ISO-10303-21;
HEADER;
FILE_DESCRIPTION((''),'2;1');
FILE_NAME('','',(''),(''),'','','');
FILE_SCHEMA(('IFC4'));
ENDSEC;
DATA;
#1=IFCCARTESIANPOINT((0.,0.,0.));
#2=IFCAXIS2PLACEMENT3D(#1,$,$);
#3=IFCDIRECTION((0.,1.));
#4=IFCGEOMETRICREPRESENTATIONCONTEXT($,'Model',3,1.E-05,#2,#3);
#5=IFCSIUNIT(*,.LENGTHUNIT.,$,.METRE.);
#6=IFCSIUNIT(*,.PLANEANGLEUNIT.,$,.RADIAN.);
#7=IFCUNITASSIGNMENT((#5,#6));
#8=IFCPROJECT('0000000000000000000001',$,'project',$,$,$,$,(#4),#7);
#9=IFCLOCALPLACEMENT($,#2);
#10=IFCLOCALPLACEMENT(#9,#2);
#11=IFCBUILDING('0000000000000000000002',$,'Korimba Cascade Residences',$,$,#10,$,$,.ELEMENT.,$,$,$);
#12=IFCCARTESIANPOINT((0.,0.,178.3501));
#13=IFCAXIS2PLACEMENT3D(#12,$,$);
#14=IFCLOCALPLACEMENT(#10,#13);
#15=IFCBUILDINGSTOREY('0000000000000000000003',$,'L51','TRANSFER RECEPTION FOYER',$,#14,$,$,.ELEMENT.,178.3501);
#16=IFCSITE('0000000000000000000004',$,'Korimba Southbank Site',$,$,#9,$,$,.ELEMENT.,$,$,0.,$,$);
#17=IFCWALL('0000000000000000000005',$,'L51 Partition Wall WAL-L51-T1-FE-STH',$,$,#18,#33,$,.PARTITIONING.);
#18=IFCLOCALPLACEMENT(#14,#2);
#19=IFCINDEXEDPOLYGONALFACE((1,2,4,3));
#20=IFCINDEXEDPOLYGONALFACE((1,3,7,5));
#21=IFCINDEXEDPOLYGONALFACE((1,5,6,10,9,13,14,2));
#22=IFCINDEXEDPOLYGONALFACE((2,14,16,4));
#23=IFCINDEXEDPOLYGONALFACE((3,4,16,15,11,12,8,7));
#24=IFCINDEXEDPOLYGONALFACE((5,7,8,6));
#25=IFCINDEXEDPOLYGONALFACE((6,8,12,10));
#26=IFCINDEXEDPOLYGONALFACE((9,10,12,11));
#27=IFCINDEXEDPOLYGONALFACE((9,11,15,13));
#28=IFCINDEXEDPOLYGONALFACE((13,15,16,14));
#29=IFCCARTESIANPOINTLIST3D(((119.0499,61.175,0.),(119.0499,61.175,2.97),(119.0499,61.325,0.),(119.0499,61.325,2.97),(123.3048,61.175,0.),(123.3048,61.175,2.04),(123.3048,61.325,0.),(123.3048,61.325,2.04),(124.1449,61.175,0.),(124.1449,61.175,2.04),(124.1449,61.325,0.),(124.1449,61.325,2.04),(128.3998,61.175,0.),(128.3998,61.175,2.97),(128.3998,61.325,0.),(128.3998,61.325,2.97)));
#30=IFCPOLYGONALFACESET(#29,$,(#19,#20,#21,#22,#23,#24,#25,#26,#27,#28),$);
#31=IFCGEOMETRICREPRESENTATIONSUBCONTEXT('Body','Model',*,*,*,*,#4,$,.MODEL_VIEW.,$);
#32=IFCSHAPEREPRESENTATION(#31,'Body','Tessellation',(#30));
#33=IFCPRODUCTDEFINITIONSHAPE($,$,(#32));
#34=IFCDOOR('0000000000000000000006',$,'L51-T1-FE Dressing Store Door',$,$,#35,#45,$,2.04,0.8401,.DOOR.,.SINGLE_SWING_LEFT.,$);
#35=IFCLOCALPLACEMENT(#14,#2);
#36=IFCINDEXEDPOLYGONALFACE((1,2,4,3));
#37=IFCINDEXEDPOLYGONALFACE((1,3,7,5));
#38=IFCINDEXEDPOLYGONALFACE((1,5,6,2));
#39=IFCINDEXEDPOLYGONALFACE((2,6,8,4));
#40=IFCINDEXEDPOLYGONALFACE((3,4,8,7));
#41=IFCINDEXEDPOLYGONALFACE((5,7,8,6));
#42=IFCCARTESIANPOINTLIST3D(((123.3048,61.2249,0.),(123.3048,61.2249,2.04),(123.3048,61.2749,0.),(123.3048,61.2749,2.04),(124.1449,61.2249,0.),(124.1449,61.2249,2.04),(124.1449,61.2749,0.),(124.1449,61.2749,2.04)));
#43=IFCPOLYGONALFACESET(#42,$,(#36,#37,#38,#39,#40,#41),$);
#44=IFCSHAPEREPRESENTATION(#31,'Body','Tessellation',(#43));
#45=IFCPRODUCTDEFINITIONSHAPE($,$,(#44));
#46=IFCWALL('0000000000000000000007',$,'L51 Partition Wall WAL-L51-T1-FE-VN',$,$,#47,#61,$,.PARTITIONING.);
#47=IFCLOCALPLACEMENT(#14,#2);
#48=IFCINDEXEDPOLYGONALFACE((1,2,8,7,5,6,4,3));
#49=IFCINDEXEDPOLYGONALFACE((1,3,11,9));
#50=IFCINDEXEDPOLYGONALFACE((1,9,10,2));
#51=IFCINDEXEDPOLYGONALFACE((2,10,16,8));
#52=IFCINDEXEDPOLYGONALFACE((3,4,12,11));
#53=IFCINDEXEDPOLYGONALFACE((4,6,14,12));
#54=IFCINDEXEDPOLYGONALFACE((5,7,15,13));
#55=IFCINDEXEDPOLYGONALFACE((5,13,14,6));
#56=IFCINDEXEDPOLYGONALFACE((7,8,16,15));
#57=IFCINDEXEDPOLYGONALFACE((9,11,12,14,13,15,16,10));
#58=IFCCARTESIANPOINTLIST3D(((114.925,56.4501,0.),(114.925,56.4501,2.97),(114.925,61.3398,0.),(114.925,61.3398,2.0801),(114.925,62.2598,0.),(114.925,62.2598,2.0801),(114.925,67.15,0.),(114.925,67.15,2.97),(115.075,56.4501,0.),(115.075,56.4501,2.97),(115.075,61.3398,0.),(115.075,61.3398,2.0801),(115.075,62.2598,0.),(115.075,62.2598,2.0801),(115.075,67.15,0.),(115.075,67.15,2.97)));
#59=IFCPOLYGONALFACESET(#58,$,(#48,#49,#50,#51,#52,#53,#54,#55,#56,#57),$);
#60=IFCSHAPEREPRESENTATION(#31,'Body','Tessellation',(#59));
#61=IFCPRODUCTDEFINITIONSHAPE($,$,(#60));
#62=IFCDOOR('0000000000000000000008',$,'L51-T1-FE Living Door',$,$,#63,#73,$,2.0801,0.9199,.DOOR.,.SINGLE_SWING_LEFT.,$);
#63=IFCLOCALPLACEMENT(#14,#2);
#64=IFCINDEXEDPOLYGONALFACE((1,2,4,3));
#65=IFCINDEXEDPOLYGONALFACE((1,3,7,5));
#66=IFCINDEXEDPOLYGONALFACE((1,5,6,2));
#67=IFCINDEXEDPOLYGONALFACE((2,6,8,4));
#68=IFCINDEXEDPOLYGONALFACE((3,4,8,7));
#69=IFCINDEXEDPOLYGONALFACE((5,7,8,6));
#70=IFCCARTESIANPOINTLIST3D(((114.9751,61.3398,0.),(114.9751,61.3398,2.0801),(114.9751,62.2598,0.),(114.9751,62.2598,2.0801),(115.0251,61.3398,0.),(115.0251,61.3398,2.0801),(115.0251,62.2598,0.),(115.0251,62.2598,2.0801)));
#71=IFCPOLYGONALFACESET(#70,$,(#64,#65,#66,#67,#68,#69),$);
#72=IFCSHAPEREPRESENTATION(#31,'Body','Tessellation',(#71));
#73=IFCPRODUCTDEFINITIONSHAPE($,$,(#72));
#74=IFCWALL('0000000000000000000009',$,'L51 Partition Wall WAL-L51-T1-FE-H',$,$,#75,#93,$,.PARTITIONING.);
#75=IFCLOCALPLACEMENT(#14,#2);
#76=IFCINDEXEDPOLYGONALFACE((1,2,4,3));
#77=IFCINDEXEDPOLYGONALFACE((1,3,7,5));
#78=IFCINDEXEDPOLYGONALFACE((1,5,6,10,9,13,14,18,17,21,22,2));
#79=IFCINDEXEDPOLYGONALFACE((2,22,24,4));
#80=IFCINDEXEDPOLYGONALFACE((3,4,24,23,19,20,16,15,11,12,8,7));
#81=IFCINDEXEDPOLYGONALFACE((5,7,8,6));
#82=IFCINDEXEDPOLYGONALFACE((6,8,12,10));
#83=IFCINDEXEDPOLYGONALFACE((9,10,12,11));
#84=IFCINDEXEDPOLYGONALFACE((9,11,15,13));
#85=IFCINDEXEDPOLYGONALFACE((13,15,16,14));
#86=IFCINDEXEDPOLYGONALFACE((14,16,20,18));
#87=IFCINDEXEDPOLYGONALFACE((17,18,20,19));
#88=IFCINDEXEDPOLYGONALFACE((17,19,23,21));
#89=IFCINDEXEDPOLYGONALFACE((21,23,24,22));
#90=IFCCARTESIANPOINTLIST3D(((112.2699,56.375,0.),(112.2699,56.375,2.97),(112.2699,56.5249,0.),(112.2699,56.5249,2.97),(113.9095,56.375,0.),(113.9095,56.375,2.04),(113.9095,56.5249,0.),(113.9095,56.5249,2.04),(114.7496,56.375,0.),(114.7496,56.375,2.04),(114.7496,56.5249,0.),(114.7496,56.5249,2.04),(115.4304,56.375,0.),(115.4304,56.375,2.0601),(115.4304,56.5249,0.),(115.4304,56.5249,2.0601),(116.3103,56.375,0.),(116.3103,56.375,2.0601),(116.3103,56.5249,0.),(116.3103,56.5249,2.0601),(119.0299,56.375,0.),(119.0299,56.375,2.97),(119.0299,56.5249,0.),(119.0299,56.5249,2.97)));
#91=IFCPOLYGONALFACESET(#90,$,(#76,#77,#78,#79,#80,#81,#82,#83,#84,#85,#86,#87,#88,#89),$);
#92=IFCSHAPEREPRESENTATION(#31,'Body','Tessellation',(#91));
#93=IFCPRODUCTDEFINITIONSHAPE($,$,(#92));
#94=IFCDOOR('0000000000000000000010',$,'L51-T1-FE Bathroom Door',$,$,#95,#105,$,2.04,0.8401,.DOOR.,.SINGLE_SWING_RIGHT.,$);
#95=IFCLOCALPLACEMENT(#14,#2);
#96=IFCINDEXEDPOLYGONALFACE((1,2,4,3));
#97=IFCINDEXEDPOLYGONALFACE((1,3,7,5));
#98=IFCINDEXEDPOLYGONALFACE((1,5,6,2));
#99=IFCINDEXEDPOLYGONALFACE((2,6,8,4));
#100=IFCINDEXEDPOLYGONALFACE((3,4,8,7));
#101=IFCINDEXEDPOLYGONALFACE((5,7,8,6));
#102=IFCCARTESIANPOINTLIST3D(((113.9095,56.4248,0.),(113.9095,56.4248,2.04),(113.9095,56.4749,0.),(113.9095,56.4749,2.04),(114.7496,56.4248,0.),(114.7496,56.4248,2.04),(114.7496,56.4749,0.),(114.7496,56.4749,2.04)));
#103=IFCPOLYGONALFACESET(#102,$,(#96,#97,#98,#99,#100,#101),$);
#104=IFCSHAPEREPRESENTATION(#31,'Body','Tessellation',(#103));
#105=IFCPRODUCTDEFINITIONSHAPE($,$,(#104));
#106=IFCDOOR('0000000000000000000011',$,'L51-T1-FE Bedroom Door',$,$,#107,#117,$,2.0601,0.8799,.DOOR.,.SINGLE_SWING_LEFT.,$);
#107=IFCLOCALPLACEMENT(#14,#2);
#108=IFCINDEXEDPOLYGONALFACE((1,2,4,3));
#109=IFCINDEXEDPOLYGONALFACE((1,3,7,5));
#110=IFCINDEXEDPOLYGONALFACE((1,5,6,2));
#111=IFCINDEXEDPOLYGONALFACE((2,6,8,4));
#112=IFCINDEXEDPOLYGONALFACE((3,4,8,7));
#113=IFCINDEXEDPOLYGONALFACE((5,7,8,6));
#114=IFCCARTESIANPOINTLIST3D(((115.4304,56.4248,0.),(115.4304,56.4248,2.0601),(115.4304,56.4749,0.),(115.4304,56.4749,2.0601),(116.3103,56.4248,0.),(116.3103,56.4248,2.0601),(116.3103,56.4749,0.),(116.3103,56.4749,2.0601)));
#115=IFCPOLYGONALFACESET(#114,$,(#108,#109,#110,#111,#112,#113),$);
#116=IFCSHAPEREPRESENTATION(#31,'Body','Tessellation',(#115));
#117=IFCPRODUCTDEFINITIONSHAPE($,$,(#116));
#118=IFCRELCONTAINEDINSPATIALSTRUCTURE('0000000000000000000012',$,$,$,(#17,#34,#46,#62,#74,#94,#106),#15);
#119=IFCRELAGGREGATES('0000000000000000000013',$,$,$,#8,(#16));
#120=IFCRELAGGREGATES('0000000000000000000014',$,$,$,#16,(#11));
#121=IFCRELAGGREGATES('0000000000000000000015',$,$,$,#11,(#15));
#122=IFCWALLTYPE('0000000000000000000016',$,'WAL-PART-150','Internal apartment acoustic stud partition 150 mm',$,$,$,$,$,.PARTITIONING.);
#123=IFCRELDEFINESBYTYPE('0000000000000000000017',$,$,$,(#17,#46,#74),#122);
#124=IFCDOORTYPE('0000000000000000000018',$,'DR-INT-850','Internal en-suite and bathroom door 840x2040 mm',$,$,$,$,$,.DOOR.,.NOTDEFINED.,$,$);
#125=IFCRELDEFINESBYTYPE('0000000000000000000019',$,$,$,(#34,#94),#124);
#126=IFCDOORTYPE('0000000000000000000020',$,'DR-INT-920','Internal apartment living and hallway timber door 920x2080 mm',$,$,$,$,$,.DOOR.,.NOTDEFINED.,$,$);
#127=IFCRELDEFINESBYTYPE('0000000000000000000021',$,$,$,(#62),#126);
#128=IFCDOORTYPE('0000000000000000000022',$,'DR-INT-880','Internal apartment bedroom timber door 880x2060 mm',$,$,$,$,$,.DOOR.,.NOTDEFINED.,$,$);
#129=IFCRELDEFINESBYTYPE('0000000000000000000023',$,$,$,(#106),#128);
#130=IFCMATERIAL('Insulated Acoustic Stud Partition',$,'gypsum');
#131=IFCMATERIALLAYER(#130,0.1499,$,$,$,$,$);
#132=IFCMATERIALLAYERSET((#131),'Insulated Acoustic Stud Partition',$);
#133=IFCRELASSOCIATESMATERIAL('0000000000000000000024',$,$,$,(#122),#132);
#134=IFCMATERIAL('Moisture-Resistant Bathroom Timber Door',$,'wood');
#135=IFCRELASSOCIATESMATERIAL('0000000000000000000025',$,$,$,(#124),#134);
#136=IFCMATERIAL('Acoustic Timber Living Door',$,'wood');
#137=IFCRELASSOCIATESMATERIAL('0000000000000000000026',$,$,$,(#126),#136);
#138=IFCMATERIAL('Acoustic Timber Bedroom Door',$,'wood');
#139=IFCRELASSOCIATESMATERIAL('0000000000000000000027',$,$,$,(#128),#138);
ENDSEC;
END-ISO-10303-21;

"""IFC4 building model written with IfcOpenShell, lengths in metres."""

from ifc_helpers import new_model, si_unit, direction, frame, frame_2d, origin, place, context, subcontext, project, spatial, rectangle, extrude, material, layer, layer_set, type_object, element, fill, save


model = new_model("IFC4")

# Units and contexts
model_context = context("Model", 3, precision=1e-05, world=origin(), true_north=direction((0.0, 1.0)))
body_context = subcontext(model_context, "Body", "Model", "MODEL_VIEW")
ifc_project = project(units=[si_unit("LENGTHUNIT", "METRE"), si_unit("PLANEANGLEUNIT", "RADIAN")], contexts=[model_context])

# Site, building, storey
site_placement = place(None, origin())
site = spatial("IfcSite", under=ifc_project, at=site_placement, Name="Korimba Southbank Site", CompositionType="ELEMENT", RefElevation=0.0)
building_placement = place(site_placement, origin())
building = spatial("IfcBuilding", under=site, at=building_placement, Name="Korimba Cascade Residences", CompositionType="ELEMENT")
storey_placement = place(building_placement, frame((0.0, 0.0, 178.3501)))
storey = spatial("IfcBuildingStorey", under=building, at=storey_placement, Name="L51", Description="TRANSFER RECEPTION FOYER", CompositionType="ELEMENT", Elevation=178.3501)

# Walls, openings, doors
ifc_material_1 = material(Name="Insulated Acoustic Stud Partition", Category="gypsum")
ifc_layer_1 = layer(ifc_material_1, 0.1499)
ifc_layer_set_1 = layer_set([ifc_layer_1], Name="Insulated Acoustic Stud Partition")
wall_type_1 = type_object("IfcWallType", Name="WAL-PART-150", Description="Internal apartment acoustic stud partition 150 mm", PredefinedType="PARTITIONING", material=ifc_layer_set_1)
wall_1_placement = place(storey_placement, frame((119.05, 61.25, 0.0), z_axis=(0.0, 0.0, 1.0), x_axis=(1.0, 0.0, 0.0)))
wall_1 = element("IfcWall", 1, at=wall_1_placement, inside=storey, type_object=wall_type_1, Name="L51 Partition Wall WAL-L51-T1-FE-STH", PredefinedType="PARTITIONING", context=body_context, shape_type="SweptSolid", body=[
    extrude(rectangle(XDim=9.3499, YDim=0.1499, at=frame_2d((4.6748, 0.0))), origin(), (0.0, 0.0, 1.0), 2.97),
])
opening_1_placement = place(wall_1_placement, frame((4.2549, 0.0, 0.0)))
opening_1 = element("IfcOpeningElement", 2, at=opening_1_placement, cuts=wall_1, PredefinedType="OPENING", context=body_context, shape_type="SweptSolid", body=[
    extrude(rectangle(XDim=0.8401, YDim=2.04, at=frame_2d((0.4199, 1.02))), frame((0.0, 0.085, 0.0), z_axis=(0.0, -1.0, 0.0), x_axis=(1.0, 0.0, 0.0)), (0.0, 0.0, 1.0), 0.1699),
])
ifc_material_2 = material(Name="Moisture-Resistant Bathroom Timber Door", Category="wood")
door_type_1 = type_object("IfcDoorType", Name="DR-INT-850", Description="Internal en-suite and bathroom door 840x2040 mm", OperationType="NOTDEFINED", PredefinedType="DOOR", material=ifc_material_2)
door_1_placement = place(opening_1_placement, origin())
door_1 = element("IfcDoor", 3, at=door_1_placement, inside=storey, type_object=door_type_1, Name="L51-T1-FE Dressing Store Door", OperationType="SINGLE_SWING_LEFT", OverallHeight=2.04, OverallWidth=0.8401, PredefinedType="DOOR", context=body_context, shape_type="SweptSolid", body=[
    extrude(rectangle(XDim=0.8401, YDim=2.04, at=frame_2d((0.4199, 1.02))), frame((0.0, 0.0249, 0.0), z_axis=(0.0, -1.0, 0.0), x_axis=(1.0, 0.0, 0.0)), (0.0, 0.0, 1.0), 0.05),
])
fill(opening_1, door_1)
wall_2_placement = place(storey_placement, frame((115.0, 56.45, 0.0), z_axis=(0.0, 0.0, 1.0), x_axis=(0.0, 1.0, 0.0)))
wall_2 = element("IfcWall", 4, at=wall_2_placement, inside=storey, type_object=wall_type_1, Name="L51 Partition Wall WAL-L51-T1-FE-VN", PredefinedType="PARTITIONING", context=body_context, shape_type="SweptSolid", body=[
    extrude(rectangle(XDim=10.7, YDim=0.1499, at=frame_2d((5.3501, 0.0))), origin(), (0.0, 0.0, 1.0), 2.97),
])
opening_2_placement = place(wall_2_placement, frame((4.8899, 0.0, 0.0)))
opening_2 = element("IfcOpeningElement", 5, at=opening_2_placement, cuts=wall_2, PredefinedType="OPENING", context=body_context, shape_type="SweptSolid", body=[
    extrude(rectangle(XDim=0.9199, YDim=2.0801, at=frame_2d((0.46, 1.04))), frame((0.0, 0.085, 0.0), z_axis=(0.0, -1.0, 0.0), x_axis=(1.0, 0.0, 0.0)), (0.0, 0.0, 1.0), 0.1699),
])
ifc_material_3 = material(Name="Acoustic Timber Living Door", Category="wood")
door_type_2 = type_object("IfcDoorType", Name="DR-INT-920", Description="Internal apartment living and hallway timber door 920x2080 mm", OperationType="NOTDEFINED", PredefinedType="DOOR", material=ifc_material_3)
door_2_placement = place(opening_2_placement, origin())
door_2 = element("IfcDoor", 6, at=door_2_placement, inside=storey, type_object=door_type_2, Name="L51-T1-FE Living Door", OperationType="SINGLE_SWING_LEFT", OverallHeight=2.0801, OverallWidth=0.9199, PredefinedType="DOOR", context=body_context, shape_type="SweptSolid", body=[
    extrude(rectangle(XDim=0.9199, YDim=2.0801, at=frame_2d((0.46, 1.04))), frame((0.0, 0.0249, 0.0), z_axis=(0.0, -1.0, 0.0), x_axis=(1.0, 0.0, 0.0)), (0.0, 0.0, 1.0), 0.05),
])
fill(opening_2, door_2)

# Wall, openings, doors
wall_3_placement = place(storey_placement, frame((112.27, 56.45, 0.0), z_axis=(0.0, 0.0, 1.0), x_axis=(1.0, 0.0, 0.0)))
wall_3 = element("IfcWall", 7, at=wall_3_placement, inside=storey, type_object=wall_type_1, Name="L51 Partition Wall WAL-L51-T1-FE-H", PredefinedType="PARTITIONING", context=body_context, shape_type="SweptSolid", body=[
    extrude(rectangle(XDim=6.76, YDim=0.1499, at=frame_2d((3.3799, 0.0))), origin(), (0.0, 0.0, 1.0), 2.97),
])
opening_3_placement = place(wall_3_placement, frame((1.6396, 0.0, 0.0)))
opening_3 = element("IfcOpeningElement", 8, at=opening_3_placement, cuts=wall_3, PredefinedType="OPENING", context=body_context, shape_type="SweptSolid", body=[
    extrude(rectangle(XDim=0.8401, YDim=2.04, at=frame_2d((0.4199, 1.02))), frame((0.0, 0.085, 0.0), z_axis=(0.0, -1.0, 0.0), x_axis=(1.0, 0.0, 0.0)), (0.0, 0.0, 1.0), 0.1699),
])
opening_4_placement = place(wall_3_placement, frame((3.1604, 0.0, 0.0)))
opening_4 = element("IfcOpeningElement", 9, at=opening_4_placement, cuts=wall_3, PredefinedType="OPENING", context=body_context, shape_type="SweptSolid", body=[
    extrude(rectangle(XDim=0.8799, YDim=2.0601, at=frame_2d((0.4399, 1.03))), frame((0.0, 0.085, 0.0), z_axis=(0.0, -1.0, 0.0), x_axis=(1.0, 0.0, 0.0)), (0.0, 0.0, 1.0), 0.1699),
])
door_3_placement = place(opening_3_placement, origin())
door_3 = element("IfcDoor", 10, at=door_3_placement, inside=storey, type_object=door_type_1, Name="L51-T1-FE Bathroom Door", OperationType="SINGLE_SWING_RIGHT", OverallHeight=2.04, OverallWidth=0.8401, PredefinedType="DOOR", context=body_context, shape_type="SweptSolid", body=[
    extrude(rectangle(XDim=0.8401, YDim=2.04, at=frame_2d((0.4199, 1.02))), frame((0.0, 0.0249, 0.0), z_axis=(0.0, -1.0, 0.0), x_axis=(1.0, 0.0, 0.0)), (0.0, 0.0, 1.0), 0.05),
])
fill(opening_3, door_3)
ifc_material_4 = material(Name="Acoustic Timber Bedroom Door", Category="wood")
door_type_3 = type_object("IfcDoorType", Name="DR-INT-880", Description="Internal apartment bedroom timber door 880x2060 mm", OperationType="NOTDEFINED", PredefinedType="DOOR", material=ifc_material_4)
door_4_placement = place(opening_4_placement, origin())
door_4 = element("IfcDoor", 11, at=door_4_placement, inside=storey, type_object=door_type_3, Name="L51-T1-FE Bedroom Door", OperationType="SINGLE_SWING_LEFT", OverallHeight=2.0601, OverallWidth=0.8799, PredefinedType="DOOR", context=body_context, shape_type="SweptSolid", body=[
    extrude(rectangle(XDim=0.8799, YDim=2.0601, at=frame_2d((0.4399, 1.03))), frame((0.0, 0.0249, 0.0), z_axis=(0.0, -1.0, 0.0), x_axis=(1.0, 0.0, 0.0)), (0.0, 0.0, 1.0), 0.05),
])
fill(opening_4, door_4)

save(model, "model.ifc")
